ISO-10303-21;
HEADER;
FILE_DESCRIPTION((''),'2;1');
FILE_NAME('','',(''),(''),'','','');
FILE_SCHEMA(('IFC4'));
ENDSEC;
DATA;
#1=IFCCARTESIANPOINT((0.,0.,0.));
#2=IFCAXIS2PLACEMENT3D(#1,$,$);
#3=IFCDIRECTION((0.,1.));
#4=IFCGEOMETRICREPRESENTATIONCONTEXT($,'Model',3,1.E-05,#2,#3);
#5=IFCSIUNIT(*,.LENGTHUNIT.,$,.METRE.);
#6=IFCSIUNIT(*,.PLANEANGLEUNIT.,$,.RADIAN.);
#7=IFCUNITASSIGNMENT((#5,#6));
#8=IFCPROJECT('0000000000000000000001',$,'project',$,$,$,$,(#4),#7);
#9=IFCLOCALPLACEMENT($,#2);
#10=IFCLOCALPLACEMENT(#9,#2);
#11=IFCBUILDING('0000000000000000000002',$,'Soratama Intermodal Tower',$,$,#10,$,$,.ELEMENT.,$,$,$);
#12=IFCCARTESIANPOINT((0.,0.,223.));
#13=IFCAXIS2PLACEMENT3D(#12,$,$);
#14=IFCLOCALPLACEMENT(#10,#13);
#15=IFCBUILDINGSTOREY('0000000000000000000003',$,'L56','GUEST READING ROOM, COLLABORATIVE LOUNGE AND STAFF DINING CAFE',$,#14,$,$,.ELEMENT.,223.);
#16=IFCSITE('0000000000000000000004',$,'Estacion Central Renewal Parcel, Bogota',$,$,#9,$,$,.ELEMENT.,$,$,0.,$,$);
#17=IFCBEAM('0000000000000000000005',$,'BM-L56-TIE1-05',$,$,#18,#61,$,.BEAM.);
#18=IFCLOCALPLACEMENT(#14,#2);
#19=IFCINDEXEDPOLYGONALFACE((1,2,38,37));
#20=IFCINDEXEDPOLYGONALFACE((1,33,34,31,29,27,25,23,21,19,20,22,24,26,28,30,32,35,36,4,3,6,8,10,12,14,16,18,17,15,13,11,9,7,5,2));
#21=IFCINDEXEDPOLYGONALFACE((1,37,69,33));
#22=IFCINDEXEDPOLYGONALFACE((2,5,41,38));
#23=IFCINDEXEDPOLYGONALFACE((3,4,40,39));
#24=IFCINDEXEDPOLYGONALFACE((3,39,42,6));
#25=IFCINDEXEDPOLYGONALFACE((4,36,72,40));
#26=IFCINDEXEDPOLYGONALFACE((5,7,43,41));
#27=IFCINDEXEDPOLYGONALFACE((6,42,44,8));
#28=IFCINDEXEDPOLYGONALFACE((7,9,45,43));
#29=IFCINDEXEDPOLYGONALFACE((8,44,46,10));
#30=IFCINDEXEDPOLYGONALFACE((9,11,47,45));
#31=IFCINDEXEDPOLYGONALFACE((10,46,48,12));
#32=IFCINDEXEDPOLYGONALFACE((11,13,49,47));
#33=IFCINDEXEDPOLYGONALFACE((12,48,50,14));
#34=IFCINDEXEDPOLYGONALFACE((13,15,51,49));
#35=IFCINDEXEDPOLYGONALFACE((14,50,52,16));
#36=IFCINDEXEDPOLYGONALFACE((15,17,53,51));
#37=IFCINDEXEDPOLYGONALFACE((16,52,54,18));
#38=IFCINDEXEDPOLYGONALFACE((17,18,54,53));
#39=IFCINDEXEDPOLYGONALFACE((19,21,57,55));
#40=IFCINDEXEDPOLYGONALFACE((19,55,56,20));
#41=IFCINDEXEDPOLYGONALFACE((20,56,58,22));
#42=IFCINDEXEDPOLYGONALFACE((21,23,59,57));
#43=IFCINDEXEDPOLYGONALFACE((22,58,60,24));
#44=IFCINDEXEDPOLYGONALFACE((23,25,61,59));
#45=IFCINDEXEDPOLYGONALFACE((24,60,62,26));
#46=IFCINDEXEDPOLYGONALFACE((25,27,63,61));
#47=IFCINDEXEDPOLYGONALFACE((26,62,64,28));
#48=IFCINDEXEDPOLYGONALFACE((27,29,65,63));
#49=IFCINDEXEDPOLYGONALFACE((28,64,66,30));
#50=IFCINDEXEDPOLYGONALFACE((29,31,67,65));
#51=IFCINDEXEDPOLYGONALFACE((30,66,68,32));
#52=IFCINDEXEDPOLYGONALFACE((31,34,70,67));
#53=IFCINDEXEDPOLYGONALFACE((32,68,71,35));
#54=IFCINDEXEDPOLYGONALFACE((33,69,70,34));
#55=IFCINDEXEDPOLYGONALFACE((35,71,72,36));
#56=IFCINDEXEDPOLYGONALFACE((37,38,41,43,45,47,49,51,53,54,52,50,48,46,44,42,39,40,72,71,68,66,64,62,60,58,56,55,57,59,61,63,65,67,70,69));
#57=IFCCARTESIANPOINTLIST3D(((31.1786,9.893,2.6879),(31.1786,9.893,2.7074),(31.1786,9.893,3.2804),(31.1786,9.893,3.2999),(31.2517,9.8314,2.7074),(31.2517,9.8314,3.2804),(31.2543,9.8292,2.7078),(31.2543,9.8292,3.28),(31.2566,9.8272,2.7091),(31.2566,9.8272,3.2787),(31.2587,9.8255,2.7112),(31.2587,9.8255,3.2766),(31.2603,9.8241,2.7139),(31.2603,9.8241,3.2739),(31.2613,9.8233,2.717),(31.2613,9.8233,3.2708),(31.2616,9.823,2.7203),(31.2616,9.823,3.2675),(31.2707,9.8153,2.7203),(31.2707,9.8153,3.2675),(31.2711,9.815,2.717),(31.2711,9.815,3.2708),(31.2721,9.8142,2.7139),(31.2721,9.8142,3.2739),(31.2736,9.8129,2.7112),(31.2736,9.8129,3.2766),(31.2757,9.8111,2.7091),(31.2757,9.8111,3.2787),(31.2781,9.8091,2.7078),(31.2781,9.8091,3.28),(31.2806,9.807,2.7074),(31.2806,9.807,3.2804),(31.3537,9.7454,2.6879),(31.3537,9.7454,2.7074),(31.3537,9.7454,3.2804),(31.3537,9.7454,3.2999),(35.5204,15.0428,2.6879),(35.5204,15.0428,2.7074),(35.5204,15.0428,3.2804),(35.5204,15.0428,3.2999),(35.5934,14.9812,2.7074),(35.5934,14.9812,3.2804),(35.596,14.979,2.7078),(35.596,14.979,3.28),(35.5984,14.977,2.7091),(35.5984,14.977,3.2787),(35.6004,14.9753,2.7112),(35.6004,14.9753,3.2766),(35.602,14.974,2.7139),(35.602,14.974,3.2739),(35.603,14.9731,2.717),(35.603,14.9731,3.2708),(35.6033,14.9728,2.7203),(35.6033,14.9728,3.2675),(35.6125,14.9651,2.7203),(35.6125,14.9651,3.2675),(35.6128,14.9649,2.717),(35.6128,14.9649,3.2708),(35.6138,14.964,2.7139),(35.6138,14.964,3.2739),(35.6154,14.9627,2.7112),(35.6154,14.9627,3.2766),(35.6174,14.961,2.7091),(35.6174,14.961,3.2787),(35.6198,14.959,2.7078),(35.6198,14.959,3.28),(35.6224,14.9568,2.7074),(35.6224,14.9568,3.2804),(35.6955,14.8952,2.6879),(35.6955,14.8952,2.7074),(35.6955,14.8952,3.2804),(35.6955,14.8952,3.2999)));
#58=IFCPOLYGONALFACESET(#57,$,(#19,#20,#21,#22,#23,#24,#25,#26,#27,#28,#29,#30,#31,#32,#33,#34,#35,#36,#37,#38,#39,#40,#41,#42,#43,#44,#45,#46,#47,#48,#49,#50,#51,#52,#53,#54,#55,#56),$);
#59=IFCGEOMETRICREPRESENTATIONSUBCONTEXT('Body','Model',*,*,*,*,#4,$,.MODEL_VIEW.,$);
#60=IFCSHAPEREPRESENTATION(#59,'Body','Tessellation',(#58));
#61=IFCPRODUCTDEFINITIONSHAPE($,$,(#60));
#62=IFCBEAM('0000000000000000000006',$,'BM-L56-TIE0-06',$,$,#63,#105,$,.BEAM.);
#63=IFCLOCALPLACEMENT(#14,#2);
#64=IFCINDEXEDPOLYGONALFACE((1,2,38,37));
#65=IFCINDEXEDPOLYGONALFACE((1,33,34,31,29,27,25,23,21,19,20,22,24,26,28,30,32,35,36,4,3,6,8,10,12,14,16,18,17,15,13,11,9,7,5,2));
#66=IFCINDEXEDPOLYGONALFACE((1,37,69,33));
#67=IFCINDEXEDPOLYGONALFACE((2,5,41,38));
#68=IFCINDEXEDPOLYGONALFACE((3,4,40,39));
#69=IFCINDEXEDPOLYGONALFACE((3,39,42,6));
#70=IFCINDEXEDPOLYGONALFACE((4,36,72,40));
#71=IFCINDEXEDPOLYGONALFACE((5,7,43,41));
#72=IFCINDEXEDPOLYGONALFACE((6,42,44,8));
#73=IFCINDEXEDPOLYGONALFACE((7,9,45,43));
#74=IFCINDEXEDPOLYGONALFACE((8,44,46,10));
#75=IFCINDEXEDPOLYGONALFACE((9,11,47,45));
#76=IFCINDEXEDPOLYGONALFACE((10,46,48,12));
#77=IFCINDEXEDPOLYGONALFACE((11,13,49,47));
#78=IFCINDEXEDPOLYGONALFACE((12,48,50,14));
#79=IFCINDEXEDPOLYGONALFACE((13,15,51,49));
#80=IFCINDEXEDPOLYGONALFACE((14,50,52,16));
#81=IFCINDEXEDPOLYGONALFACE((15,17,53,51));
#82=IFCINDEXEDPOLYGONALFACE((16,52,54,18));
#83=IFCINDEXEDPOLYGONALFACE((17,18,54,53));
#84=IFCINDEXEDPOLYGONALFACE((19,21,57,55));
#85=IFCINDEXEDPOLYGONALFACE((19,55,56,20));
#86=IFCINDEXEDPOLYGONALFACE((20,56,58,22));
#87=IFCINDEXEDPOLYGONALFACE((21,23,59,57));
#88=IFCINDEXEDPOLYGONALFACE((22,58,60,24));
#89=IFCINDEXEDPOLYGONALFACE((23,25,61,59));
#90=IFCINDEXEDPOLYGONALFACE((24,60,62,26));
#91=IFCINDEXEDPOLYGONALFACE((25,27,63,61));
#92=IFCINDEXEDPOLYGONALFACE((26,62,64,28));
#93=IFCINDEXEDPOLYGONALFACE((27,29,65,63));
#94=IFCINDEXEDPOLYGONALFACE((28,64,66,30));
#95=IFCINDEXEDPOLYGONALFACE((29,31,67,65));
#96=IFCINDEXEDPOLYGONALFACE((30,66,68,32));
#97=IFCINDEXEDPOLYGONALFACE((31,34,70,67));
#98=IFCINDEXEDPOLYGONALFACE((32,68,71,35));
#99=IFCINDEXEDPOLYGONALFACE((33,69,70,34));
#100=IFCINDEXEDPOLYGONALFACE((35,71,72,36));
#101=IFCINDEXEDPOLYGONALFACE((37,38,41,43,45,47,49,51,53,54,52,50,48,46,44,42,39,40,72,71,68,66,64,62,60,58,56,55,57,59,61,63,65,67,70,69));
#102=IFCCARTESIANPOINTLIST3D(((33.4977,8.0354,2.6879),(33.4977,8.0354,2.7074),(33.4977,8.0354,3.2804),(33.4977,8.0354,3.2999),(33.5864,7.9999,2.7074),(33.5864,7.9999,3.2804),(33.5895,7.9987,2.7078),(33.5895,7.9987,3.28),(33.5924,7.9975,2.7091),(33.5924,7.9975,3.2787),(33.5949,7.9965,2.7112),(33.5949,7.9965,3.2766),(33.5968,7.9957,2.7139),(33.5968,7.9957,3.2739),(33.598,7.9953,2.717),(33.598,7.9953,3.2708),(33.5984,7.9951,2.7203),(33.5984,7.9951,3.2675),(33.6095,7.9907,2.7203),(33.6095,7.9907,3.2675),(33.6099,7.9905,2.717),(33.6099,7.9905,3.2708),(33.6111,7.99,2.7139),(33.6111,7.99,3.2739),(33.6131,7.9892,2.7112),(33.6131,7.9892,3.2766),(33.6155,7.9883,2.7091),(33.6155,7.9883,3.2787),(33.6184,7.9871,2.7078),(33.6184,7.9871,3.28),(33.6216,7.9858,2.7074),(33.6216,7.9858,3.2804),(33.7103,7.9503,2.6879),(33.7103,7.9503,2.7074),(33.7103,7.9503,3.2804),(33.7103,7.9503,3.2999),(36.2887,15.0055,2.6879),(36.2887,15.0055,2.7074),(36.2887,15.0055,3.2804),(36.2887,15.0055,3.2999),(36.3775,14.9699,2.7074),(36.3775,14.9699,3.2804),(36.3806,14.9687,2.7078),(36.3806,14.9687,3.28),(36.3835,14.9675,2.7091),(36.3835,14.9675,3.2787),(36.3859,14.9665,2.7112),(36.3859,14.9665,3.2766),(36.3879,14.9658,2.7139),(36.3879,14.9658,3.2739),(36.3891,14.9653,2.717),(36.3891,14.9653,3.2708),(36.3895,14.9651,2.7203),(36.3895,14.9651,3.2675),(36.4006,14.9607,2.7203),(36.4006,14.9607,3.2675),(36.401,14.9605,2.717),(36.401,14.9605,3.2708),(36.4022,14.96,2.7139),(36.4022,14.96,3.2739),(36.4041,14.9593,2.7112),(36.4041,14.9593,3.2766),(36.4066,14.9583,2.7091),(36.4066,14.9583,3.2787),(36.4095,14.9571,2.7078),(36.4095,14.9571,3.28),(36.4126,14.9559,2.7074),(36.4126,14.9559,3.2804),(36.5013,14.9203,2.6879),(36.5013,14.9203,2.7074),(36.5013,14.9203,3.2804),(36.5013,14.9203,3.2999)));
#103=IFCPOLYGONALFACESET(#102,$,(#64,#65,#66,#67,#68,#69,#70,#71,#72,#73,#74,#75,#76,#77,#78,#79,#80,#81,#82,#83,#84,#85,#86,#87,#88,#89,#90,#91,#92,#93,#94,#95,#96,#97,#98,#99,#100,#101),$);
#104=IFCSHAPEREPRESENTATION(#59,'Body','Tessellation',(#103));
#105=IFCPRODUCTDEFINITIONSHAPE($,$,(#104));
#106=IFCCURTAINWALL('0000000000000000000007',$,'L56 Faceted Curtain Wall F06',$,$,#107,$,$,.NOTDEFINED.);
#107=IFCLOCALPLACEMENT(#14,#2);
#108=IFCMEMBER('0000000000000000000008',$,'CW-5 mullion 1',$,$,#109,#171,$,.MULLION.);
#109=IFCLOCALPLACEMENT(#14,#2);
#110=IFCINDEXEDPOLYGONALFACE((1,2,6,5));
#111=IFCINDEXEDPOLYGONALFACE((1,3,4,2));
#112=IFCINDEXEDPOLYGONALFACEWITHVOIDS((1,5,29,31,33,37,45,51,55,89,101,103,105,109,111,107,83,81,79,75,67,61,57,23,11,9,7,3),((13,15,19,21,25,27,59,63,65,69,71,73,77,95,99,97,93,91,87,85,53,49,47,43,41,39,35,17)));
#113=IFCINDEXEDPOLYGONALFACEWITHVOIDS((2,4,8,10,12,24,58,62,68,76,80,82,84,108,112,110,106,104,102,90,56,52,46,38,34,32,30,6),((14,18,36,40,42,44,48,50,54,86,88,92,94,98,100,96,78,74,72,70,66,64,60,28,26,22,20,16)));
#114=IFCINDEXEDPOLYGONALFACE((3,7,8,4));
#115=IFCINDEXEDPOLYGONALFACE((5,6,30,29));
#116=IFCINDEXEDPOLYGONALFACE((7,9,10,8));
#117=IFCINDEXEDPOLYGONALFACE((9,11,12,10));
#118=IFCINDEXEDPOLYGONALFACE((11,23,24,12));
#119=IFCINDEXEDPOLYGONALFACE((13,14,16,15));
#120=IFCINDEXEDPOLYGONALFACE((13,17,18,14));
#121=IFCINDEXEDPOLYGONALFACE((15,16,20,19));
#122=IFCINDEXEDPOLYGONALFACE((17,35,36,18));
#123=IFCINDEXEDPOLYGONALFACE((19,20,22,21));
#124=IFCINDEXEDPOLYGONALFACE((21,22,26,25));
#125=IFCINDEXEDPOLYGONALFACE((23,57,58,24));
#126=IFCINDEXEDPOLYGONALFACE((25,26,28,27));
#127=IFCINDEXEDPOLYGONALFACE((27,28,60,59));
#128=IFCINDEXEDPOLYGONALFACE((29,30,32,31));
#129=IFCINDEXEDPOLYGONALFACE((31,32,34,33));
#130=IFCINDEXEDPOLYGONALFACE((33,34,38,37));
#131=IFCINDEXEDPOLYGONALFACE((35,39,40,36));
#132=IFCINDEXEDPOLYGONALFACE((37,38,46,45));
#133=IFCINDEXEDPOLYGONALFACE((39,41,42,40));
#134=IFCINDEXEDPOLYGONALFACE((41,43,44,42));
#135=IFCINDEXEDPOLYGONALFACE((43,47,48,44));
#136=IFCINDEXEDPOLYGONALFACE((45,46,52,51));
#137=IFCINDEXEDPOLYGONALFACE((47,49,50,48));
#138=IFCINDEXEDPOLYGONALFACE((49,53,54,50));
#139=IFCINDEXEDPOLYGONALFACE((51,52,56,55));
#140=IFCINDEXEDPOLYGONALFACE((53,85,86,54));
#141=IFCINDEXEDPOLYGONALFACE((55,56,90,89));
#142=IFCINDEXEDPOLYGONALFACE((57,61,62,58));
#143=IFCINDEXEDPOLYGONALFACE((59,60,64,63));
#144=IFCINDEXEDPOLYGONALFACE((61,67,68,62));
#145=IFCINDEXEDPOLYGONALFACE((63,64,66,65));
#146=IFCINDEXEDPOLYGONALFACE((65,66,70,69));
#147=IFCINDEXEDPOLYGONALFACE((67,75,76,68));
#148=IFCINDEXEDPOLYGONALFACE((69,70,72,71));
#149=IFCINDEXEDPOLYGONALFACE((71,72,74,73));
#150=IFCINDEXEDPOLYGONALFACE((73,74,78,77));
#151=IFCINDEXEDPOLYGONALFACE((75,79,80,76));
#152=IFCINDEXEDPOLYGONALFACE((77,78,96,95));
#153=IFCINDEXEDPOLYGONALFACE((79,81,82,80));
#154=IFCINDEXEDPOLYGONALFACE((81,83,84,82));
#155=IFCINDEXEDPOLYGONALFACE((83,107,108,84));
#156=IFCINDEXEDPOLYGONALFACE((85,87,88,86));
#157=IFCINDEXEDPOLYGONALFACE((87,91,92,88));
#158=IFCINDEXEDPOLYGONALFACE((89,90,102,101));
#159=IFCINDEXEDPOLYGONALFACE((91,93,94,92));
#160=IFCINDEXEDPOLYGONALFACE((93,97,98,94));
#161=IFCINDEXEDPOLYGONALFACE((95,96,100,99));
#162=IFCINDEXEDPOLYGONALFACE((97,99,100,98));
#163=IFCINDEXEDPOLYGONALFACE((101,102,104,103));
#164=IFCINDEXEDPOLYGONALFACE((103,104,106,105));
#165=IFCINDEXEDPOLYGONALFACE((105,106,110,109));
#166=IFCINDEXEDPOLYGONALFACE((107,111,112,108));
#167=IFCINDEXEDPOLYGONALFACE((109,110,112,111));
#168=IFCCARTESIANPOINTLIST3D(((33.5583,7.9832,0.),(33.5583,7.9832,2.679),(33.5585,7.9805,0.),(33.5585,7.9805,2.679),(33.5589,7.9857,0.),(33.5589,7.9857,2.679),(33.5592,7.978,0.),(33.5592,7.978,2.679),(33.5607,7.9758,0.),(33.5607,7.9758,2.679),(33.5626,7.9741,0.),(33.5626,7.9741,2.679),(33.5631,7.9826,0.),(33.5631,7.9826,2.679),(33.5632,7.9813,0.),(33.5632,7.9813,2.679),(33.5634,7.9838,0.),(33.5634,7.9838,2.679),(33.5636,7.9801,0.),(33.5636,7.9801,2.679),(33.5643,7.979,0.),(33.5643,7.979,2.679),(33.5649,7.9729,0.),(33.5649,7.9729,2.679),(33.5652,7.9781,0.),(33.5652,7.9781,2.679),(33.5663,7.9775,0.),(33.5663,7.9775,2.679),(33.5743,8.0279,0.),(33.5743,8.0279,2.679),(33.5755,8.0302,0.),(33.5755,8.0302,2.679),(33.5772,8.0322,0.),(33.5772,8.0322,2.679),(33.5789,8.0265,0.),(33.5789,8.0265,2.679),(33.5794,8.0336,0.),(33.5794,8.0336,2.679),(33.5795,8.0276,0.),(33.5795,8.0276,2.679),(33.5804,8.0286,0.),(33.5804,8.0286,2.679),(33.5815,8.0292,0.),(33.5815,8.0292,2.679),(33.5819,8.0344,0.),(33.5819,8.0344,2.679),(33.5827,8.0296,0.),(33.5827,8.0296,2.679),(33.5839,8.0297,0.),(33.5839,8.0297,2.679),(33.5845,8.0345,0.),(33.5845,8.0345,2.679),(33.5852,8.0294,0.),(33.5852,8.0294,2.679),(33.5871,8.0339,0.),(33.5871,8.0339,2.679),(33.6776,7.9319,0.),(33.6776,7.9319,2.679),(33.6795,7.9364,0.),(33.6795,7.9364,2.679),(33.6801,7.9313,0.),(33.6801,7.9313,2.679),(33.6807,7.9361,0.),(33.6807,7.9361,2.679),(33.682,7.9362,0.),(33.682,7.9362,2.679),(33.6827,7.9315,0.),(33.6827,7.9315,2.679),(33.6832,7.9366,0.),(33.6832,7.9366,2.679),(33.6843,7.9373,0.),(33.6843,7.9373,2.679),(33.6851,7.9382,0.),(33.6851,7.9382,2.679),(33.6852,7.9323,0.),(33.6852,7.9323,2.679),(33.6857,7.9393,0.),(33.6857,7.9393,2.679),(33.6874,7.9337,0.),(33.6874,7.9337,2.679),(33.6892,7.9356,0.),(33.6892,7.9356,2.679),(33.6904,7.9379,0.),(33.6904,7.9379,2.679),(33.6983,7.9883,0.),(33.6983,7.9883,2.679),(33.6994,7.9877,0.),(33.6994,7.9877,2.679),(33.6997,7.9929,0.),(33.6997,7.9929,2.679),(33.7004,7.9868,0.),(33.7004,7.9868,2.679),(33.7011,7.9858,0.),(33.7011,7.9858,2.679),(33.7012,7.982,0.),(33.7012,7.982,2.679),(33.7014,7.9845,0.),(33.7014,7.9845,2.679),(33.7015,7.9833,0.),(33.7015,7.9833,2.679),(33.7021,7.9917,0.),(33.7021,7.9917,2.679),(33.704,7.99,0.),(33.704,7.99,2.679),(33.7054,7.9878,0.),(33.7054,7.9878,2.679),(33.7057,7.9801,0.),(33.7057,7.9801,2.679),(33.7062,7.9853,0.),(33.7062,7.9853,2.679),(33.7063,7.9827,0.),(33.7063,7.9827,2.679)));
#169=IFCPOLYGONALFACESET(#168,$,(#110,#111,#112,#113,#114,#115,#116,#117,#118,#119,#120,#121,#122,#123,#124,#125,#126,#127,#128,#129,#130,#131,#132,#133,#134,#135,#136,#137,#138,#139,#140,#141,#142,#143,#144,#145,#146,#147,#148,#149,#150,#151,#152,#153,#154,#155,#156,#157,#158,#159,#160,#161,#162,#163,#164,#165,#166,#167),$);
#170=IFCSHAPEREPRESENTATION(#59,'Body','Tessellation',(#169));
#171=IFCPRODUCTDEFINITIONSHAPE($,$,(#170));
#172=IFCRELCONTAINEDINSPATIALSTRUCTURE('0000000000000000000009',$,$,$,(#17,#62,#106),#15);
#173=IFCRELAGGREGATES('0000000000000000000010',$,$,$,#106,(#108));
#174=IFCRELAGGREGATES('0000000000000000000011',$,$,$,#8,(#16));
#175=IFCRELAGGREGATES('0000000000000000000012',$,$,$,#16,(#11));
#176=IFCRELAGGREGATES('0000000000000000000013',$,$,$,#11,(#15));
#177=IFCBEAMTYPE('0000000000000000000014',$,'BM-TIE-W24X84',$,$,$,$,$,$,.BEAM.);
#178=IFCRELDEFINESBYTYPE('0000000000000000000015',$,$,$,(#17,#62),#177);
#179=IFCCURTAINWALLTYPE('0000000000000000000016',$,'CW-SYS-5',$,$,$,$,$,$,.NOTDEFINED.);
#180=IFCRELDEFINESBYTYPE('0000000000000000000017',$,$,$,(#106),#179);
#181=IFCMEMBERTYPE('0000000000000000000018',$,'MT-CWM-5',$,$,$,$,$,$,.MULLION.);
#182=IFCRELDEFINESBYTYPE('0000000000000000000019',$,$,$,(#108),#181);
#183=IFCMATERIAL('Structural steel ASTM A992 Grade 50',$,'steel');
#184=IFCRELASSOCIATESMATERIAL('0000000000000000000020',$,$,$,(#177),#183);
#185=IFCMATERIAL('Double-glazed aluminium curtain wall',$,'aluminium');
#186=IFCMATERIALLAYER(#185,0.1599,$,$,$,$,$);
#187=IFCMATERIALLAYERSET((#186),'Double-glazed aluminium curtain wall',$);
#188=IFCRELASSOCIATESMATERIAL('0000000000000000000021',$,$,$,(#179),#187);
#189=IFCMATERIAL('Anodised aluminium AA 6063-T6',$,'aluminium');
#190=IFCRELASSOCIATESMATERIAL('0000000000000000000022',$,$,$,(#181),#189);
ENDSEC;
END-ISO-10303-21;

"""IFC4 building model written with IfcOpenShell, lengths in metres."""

from ifc_helpers import new_model, si_unit, direction, frame, origin, origin_2d, place, context, subcontext, project, spatial, hollow_rectangle, i_section, extrude, material, layer, layer_set, material_profile, profile_set, type_object, element, aggregate, save


model = new_model("IFC4")

# Units and contexts
model_context = context("Model", 3, precision=1e-05, world=origin(), true_north=direction((0.0, 1.0)))
body_context = subcontext(model_context, "Body", "Model", "MODEL_VIEW")
ifc_project = project(units=[si_unit("LENGTHUNIT", "METRE"), si_unit("PLANEANGLEUNIT", "RADIAN")], contexts=[model_context])

# Site, building, storey
site_placement = place(None, origin())
site = spatial("IfcSite", under=ifc_project, at=site_placement, Name="Estacion Central Renewal Parcel, Bogota", CompositionType="ELEMENT", RefElevation=0.0)
building_placement = place(site_placement, origin())
building = spatial("IfcBuilding", under=site, at=building_placement, Name="Soratama Intermodal Tower", CompositionType="ELEMENT")
storey_placement = place(building_placement, frame((0.0, 0.0, 223.0)))
storey = spatial("IfcBuildingStorey", under=building, at=storey_placement, Name="L56", Description="GUEST READING ROOM, COLLABORATIVE LOUNGE AND STAFF DINING CAFE", CompositionType="ELEMENT", Elevation=223.0)

# Beams
ifc_material_1 = material(Name="Structural steel ASTM A992 Grade 50", Category="steel")
ifc_material_profile_1 = material_profile(ifc_material_1, i_section(OverallWidth=0.229, OverallDepth=0.6121, WebThickness=0.012, FlangeThickness=0.0195, FilletRadius=0.0129, at=origin_2d()), Name="W24X84")
ifc_profile_set_1 = profile_set([ifc_material_profile_1], Name="Structural steel ASTM A992 Grade 50")
beam_type_1 = type_object("IfcBeamType", Name="BM-TIE-W24X84", PredefinedType="BEAM", material=ifc_profile_set_1)
beam_1_placement = place(storey_placement, frame((35.6079, 14.969, 2.9939), z_axis=(-0.644573, -0.764543, 0.0), x_axis=(0.764543, -0.644573, 0.0)))
element("IfcBeam", 1, at=beam_1_placement, inside=storey, type_object=beam_type_1, Name="BM-L56-TIE1-05", PredefinedType="BEAM", context=body_context, shape_type="SweptSolid", body=[
    extrude(i_section(OverallWidth=0.229, OverallDepth=0.6121, WebThickness=0.012, FlangeThickness=0.0195, FilletRadius=0.0129, at=origin_2d()), origin(), (0.0, 0.0, 1.0), 6.7358),
])
beam_2_placement = place(storey_placement, frame((36.395, 14.9629, 2.9939), z_axis=(-0.371738, -0.928338, 0.0), x_axis=(0.928338, -0.371738, 0.0)))
element("IfcBeam", 2, at=beam_2_placement, inside=storey, type_object=beam_type_1, Name="BM-L56-TIE0-06", PredefinedType="BEAM", context=body_context, shape_type="SweptSolid", body=[
    extrude(i_section(OverallWidth=0.229, OverallDepth=0.6121, WebThickness=0.012, FlangeThickness=0.0195, FilletRadius=0.0129, at=origin_2d()), origin(), (0.0, 0.0, 1.0), 7.5081),
])

# Curtain wall, member
ifc_material_2 = material(Name="Double-glazed aluminium curtain wall", Category="aluminium")
ifc_layer_1 = layer(ifc_material_2, 0.1599)
ifc_layer_set_1 = layer_set([ifc_layer_1], Name="Double-glazed aluminium curtain wall")
curtain_wall_type = type_object("IfcCurtainWallType", Name="CW-SYS-5", PredefinedType="NOTDEFINED", material=ifc_layer_set_1)
curtain_wall_placement = place(storey_placement, origin())
curtain_wall = element("IfcCurtainWall", 3, at=curtain_wall_placement, inside=storey, type_object=curtain_wall_type, Name="L56 Faceted Curtain Wall F06", PredefinedType="NOTDEFINED")
ifc_material_3 = material(Name="Anodised aluminium AA 6063-T6", Category="aluminium")
ifc_material_profile_2 = material_profile(ifc_material_3, hollow_rectangle(XDim=0.0649, YDim=0.1399, WallThickness=0.0049, InnerFilletRadius=0.0049, OuterFilletRadius=0.01, at=origin_2d()), Name="CWM140X65X5")
ifc_profile_set_2 = profile_set([ifc_material_profile_2], Name="Anodised aluminium AA 6063-T6")
member_type_1 = type_object("IfcMemberType", Name="MT-CWM-5", PredefinedType="MULLION", material=ifc_profile_set_2)
member_1_placement = place(storey_placement, frame((33.6323, 7.9829, 0.0), z_axis=(0.0, 0.0, 1.0), x_axis=(0.341696, 0.939811, 0.0)))
member_1 = element("IfcMember", 4, at=member_1_placement, type_object=member_type_1, Name="CW-5 mullion 1", PredefinedType="MULLION", context=body_context, shape_type="SweptSolid", body=[
    extrude(hollow_rectangle(XDim=0.0649, YDim=0.1399, WallThickness=0.0049, InnerFilletRadius=0.0049, OuterFilletRadius=0.01, at=origin_2d()), origin(), (0.0, 0.0, 1.0), 2.679),
])
aggregate(curtain_wall, [member_1])

save(model, "model.ifc")
